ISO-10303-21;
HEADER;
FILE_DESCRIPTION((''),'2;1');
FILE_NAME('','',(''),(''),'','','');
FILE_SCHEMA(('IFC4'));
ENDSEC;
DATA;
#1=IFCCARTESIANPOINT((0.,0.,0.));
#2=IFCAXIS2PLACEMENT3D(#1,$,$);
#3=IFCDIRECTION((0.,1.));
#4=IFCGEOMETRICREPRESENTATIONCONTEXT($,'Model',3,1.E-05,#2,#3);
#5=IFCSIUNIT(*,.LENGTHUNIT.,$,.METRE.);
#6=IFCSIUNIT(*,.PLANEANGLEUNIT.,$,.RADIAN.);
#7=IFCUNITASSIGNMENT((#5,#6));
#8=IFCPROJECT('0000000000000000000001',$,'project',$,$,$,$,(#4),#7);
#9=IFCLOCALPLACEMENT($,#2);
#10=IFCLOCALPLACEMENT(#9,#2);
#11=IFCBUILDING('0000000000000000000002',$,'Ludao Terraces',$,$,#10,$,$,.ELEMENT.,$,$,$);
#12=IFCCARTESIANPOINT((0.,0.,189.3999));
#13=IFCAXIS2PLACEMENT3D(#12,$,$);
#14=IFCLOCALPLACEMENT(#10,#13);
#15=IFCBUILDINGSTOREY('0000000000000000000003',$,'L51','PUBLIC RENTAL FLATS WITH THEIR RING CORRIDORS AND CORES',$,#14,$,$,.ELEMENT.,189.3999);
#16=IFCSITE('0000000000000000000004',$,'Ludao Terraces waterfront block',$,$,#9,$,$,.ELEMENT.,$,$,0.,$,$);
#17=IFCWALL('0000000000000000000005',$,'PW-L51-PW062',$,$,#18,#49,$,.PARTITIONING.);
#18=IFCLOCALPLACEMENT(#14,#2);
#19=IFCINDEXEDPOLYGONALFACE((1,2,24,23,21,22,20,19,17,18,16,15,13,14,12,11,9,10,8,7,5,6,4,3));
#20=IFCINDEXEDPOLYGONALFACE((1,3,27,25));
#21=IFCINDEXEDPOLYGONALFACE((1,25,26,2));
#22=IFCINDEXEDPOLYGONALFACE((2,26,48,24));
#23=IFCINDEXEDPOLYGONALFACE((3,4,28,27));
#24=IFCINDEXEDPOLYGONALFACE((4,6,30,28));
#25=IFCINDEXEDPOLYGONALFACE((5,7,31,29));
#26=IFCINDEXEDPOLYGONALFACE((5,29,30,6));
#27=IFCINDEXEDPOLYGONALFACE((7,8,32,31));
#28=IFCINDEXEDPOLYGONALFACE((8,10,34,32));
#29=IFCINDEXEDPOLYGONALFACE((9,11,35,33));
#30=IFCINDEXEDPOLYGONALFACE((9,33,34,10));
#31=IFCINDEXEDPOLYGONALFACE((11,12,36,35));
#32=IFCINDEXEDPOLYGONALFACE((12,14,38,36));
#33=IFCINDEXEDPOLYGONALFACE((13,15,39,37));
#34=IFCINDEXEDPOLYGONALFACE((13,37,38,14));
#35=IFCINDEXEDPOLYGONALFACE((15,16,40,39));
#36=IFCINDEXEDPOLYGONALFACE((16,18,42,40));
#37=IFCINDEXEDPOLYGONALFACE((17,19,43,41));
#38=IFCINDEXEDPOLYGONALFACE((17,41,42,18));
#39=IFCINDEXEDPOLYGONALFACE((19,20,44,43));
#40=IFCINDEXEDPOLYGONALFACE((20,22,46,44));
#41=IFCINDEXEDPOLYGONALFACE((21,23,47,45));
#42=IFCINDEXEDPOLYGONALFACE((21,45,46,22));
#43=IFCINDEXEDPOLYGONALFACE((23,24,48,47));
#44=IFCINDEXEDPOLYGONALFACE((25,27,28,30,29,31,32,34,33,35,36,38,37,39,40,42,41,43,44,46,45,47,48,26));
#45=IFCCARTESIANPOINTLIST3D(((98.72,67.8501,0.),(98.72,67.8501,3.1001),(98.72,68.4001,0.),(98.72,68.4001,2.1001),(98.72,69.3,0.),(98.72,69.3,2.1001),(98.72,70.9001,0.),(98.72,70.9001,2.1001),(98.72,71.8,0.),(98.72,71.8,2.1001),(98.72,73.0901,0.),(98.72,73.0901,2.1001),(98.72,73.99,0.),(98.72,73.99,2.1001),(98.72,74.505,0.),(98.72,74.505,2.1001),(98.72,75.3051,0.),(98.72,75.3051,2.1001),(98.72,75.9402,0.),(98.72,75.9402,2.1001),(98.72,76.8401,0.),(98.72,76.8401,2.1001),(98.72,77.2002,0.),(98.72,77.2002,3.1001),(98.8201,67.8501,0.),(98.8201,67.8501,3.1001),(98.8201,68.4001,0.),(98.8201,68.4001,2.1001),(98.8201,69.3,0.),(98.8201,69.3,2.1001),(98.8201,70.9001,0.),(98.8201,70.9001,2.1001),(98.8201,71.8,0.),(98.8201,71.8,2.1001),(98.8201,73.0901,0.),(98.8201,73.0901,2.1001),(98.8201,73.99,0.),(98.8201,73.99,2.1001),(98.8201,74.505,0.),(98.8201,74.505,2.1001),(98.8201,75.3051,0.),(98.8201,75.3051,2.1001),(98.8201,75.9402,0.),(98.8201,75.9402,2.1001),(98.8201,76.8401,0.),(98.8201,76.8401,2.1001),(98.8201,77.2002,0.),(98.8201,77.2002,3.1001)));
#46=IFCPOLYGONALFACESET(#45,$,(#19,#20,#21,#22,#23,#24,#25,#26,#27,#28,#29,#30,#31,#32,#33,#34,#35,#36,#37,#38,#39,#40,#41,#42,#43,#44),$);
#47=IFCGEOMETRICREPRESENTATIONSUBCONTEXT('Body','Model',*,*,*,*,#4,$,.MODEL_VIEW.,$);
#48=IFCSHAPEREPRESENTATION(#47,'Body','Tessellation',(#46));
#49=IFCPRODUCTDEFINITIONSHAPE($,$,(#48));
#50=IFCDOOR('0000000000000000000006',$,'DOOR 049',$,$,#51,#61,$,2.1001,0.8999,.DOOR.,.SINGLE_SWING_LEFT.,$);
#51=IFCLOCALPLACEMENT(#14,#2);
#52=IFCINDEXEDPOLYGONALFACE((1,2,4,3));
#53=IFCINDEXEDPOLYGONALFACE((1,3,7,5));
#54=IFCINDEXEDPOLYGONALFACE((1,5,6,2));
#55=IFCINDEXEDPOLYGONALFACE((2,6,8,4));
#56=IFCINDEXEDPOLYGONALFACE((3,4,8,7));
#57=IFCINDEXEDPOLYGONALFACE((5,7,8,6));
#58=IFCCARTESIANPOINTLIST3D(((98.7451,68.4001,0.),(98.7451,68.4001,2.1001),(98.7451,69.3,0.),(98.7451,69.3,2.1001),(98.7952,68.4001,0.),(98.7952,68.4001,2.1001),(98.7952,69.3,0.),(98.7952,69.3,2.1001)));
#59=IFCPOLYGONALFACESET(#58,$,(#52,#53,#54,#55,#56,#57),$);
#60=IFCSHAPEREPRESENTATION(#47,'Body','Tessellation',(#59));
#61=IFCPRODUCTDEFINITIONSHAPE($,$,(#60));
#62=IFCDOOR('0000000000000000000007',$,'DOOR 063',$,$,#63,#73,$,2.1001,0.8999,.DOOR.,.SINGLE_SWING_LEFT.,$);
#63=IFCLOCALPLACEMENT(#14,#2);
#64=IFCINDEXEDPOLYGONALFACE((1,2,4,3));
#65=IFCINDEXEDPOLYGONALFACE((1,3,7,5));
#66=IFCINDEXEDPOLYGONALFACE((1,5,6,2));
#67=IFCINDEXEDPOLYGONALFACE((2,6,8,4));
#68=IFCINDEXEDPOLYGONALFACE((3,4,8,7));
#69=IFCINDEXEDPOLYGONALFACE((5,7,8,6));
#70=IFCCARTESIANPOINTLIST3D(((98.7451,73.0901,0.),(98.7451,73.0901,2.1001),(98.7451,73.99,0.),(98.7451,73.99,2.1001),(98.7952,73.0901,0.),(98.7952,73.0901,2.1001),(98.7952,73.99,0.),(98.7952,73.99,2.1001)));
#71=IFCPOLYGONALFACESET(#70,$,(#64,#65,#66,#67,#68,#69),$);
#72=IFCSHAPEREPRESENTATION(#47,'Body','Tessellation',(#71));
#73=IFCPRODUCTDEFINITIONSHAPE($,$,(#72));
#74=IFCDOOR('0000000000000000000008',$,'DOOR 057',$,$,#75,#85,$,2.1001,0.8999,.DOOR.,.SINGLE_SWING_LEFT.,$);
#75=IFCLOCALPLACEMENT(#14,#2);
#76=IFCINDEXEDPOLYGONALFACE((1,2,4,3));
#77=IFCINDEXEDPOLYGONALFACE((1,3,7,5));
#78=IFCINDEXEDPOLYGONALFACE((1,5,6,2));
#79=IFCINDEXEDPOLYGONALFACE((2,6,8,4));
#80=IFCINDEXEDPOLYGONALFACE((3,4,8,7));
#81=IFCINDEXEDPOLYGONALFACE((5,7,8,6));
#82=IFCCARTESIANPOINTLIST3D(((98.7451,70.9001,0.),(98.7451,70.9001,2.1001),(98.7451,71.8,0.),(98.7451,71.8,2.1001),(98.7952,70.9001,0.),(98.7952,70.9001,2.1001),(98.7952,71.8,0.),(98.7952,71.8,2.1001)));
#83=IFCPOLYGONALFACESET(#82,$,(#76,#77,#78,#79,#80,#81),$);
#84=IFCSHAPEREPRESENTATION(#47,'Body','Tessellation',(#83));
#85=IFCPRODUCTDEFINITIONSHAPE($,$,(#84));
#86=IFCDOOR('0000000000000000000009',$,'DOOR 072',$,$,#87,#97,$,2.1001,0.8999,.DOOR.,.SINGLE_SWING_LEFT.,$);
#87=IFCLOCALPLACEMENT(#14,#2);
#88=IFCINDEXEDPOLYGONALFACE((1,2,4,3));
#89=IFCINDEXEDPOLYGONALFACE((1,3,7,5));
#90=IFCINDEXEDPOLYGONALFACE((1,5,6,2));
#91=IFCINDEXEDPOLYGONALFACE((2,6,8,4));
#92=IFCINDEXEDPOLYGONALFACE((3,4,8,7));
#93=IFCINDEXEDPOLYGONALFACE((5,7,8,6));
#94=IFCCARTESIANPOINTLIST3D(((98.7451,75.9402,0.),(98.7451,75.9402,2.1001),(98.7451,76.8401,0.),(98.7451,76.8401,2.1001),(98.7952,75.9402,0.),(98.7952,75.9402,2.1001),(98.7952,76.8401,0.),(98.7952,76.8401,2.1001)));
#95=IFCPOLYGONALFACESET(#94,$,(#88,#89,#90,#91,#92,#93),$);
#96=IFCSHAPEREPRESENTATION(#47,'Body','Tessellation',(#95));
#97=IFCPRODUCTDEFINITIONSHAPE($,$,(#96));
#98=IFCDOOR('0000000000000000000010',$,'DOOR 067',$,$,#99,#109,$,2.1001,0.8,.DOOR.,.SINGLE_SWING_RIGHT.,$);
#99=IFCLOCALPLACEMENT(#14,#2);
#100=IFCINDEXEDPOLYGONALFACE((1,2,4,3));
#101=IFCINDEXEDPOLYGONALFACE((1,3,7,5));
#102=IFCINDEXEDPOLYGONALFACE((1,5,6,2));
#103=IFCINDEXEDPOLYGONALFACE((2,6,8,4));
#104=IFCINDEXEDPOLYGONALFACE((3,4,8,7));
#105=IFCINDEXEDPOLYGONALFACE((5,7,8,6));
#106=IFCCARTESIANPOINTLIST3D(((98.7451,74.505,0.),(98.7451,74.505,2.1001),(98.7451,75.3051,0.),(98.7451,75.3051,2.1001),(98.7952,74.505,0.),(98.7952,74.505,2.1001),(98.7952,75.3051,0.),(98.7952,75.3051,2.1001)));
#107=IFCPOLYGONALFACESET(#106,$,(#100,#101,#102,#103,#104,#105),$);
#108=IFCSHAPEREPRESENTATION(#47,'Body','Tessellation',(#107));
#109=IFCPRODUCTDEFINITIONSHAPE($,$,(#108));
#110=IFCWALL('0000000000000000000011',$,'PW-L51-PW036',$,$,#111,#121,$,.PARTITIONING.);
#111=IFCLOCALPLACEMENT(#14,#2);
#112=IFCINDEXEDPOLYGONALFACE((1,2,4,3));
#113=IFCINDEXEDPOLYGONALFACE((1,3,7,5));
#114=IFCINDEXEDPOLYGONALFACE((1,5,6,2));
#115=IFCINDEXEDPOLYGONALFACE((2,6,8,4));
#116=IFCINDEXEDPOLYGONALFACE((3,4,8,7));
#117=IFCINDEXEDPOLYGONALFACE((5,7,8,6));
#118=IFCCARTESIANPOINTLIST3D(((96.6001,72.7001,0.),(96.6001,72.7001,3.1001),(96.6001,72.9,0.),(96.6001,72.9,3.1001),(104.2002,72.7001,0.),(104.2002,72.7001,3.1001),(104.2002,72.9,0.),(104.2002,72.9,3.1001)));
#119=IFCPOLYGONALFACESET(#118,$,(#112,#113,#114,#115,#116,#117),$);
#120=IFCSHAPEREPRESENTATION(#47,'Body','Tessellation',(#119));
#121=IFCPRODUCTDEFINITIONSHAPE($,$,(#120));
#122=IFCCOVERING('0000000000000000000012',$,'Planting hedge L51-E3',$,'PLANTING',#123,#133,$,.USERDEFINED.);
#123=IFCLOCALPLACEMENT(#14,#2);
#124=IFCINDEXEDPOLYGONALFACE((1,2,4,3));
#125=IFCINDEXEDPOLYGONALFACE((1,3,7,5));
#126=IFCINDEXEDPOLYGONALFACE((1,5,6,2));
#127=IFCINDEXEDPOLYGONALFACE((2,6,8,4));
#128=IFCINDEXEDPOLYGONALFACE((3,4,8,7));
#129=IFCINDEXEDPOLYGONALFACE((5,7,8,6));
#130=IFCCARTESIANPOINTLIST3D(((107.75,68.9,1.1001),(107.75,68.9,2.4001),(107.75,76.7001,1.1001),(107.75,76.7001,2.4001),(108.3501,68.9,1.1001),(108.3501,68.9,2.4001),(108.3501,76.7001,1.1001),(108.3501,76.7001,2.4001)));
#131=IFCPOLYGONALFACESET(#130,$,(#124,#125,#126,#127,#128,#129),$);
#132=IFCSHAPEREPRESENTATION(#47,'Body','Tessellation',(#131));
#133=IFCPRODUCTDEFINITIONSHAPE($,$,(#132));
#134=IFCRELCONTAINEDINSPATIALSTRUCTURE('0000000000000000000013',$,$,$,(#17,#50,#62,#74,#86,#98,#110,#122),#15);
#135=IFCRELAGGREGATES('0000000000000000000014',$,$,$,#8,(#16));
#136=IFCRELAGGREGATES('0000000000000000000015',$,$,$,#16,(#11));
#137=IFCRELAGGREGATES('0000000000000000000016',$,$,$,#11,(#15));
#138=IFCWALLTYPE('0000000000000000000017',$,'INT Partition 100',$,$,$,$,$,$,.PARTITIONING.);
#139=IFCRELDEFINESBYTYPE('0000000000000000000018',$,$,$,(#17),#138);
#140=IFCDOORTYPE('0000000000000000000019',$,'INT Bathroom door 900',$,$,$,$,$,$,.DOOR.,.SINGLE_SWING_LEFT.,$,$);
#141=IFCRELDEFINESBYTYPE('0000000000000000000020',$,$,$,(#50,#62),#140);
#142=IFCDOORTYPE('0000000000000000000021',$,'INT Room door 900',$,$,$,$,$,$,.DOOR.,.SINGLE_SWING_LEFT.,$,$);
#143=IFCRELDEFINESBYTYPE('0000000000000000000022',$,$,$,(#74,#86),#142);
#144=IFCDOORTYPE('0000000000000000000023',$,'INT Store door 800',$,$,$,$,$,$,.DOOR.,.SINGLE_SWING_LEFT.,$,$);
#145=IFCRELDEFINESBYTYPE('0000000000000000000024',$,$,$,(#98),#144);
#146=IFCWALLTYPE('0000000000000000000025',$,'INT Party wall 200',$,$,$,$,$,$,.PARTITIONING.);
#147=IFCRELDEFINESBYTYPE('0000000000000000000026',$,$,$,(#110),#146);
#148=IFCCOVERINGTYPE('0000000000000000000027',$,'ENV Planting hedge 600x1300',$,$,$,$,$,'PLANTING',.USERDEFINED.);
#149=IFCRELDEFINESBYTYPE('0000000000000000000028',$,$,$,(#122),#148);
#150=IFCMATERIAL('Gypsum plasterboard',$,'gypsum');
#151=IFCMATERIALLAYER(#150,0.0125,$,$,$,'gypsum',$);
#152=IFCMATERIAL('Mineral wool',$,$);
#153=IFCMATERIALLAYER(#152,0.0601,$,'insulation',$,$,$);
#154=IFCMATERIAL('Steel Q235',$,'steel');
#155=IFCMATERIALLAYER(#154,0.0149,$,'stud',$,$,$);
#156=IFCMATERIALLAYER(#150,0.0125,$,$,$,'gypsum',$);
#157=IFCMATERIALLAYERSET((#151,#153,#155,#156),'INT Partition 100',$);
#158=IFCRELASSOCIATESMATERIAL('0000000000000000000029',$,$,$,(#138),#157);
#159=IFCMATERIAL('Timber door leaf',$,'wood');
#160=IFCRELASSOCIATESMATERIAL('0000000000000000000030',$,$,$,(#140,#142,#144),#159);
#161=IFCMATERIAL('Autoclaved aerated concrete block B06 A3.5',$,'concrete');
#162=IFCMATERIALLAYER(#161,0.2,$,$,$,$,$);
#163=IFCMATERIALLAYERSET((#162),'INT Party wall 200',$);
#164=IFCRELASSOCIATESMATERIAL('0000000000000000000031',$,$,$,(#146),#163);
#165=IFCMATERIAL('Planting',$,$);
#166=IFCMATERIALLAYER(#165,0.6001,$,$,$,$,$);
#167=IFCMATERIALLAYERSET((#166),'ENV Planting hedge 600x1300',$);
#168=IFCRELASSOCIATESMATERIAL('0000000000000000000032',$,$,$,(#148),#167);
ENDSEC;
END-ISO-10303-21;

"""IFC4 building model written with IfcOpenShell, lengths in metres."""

from ifc_helpers import new_model, si_unit, direction, frame, frame_2d, origin, origin_2d, place, context, subcontext, project, spatial, rectangle, extrude, material, layer, layer_set, type_object, element, fill, save


model = new_model("IFC4")

# Units and contexts
model_context = context("Model", 3, precision=1e-05, world=origin(), true_north=direction((0.0, 1.0)))
body_context = subcontext(model_context, "Body", "Model", "MODEL_VIEW")
ifc_project = project(units=[si_unit("LENGTHUNIT", "METRE"), si_unit("PLANEANGLEUNIT", "RADIAN")], contexts=[model_context])

# Site, building, storey
site_placement = place(None, origin())
site = spatial("IfcSite", under=ifc_project, at=site_placement, Name="Ludao Terraces waterfront block", CompositionType="ELEMENT", RefElevation=0.0)
building_placement = place(site_placement, origin())
building = spatial("IfcBuilding", under=site, at=building_placement, Name="Ludao Terraces", CompositionType="ELEMENT")
storey_placement = place(building_placement, frame((0.0, 0.0, 189.3999)))
storey = spatial("IfcBuildingStorey", under=building, at=storey_placement, Name="L51", Description="PUBLIC RENTAL FLATS WITH THEIR RING CORRIDORS AND CORES", CompositionType="ELEMENT", Elevation=189.3999)

# Shared definitions
ifc_material_1 = material(Name="Mineral wool")

# Shared definitions
ifc_material_2 = material(Name="Gypsum plasterboard", Category="gypsum")
ifc_layer_1 = layer(ifc_material_2, 0.0125, Category="gypsum")
ifc_layer_2 = layer(ifc_material_1, 0.0601, Name="insulation")
ifc_material_3 = material(Name="Steel Q235", Category="steel")
ifc_layer_3 = layer(ifc_material_3, 0.0149, Name="stud")
ifc_layer_4 = layer(ifc_material_2, 0.0125, Category="gypsum")
ifc_layer_set_1 = layer_set([ifc_layer_1, ifc_layer_2, ifc_layer_3, ifc_layer_4], Name="INT Partition 100")
wall_type_1 = type_object("IfcWallType", Name="INT Partition 100", PredefinedType="PARTITIONING", material=ifc_layer_set_1)

# Wall, openings, doors
wall_1_placement = place(storey_placement, frame((98.77, 67.8501, 0.0), z_axis=(0.0, 0.0, 1.0), x_axis=(0.0, 1.0, 0.0)))
wall_1 = element("IfcWall", 1, at=wall_1_placement, inside=storey, type_object=wall_type_1, Name="PW-L51-PW062", PredefinedType="PARTITIONING", context=body_context, shape_type="SweptSolid", body=[
    extrude(rectangle(XDim=9.3501, YDim=0.1001, at=frame_2d((4.675, 0.0))), origin(), (0.0, 0.0, 1.0), 3.1001),
])
opening_1_placement = place(wall_1_placement, frame((0.55, 0.0, 0.0)))
opening_1 = element("IfcOpeningElement", 2, at=opening_1_placement, cuts=wall_1, PredefinedType="OPENING", context=body_context, shape_type="SweptSolid", body=[
    extrude(rectangle(XDim=0.8999, YDim=2.1001, at=frame_2d((0.45, 1.05))), frame((0.0, 0.0601, 0.0), z_axis=(0.0, -1.0, 0.0), x_axis=(1.0, 0.0, 0.0)), (0.0, 0.0, 1.0), 0.1201),
])
opening_2_placement = place(wall_1_placement, frame((3.05, 0.0, 0.0)))
opening_2 = element("IfcOpeningElement", 3, at=opening_2_placement, cuts=wall_1, PredefinedType="OPENING", context=body_context, shape_type="SweptSolid", body=[
    extrude(rectangle(XDim=0.8999, YDim=2.1001, at=frame_2d((0.45, 1.05))), frame((0.0, 0.0601, 0.0), z_axis=(0.0, -1.0, 0.0), x_axis=(1.0, 0.0, 0.0)), (0.0, 0.0, 1.0), 0.1201),
])
opening_3_placement = place(wall_1_placement, frame((5.24, 0.0, 0.0)))
opening_3 = element("IfcOpeningElement", 4, at=opening_3_placement, cuts=wall_1, PredefinedType="OPENING", context=body_context, shape_type="SweptSolid", body=[
    extrude(rectangle(XDim=0.8999, YDim=2.1001, at=frame_2d((0.45, 1.05))), frame((0.0, 0.0601, 0.0), z_axis=(0.0, -1.0, 0.0), x_axis=(1.0, 0.0, 0.0)), (0.0, 0.0, 1.0), 0.1201),
])
opening_4_placement = place(wall_1_placement, frame((6.655, 0.0, 0.0)))
opening_4 = element("IfcOpeningElement", 5, at=opening_4_placement, cuts=wall_1, PredefinedType="OPENING", context=body_context, shape_type="SweptSolid", body=[
    extrude(rectangle(XDim=0.8, YDim=2.1001, at=frame_2d((0.3999, 1.05))), frame((0.0, 0.0601, 0.0), z_axis=(0.0, -1.0, 0.0), x_axis=(1.0, 0.0, 0.0)), (0.0, 0.0, 1.0), 0.1201),
])
opening_5_placement = place(wall_1_placement, frame((8.0901, 0.0, 0.0)))
opening_5 = element("IfcOpeningElement", 6, at=opening_5_placement, cuts=wall_1, PredefinedType="OPENING", context=body_context, shape_type="SweptSolid", body=[
    extrude(rectangle(XDim=0.8999, YDim=2.1001, at=frame_2d((0.45, 1.05))), frame((0.0, 0.0601, 0.0), z_axis=(0.0, -1.0, 0.0), x_axis=(1.0, 0.0, 0.0)), (0.0, 0.0, 1.0), 0.1201),
])
ifc_material_4 = material(Name="Timber door leaf", Category="wood")
door_type_1 = type_object("IfcDoorType", Name="INT Bathroom door 900", OperationType="SINGLE_SWING_LEFT", PredefinedType="DOOR", material=ifc_material_4)
door_1_placement = place(opening_1_placement, origin())
door_1 = element("IfcDoor", 7, at=door_1_placement, inside=storey, type_object=door_type_1, Name="DOOR 049", OperationType="SINGLE_SWING_LEFT", OverallHeight=2.1001, OverallWidth=0.8999, PredefinedType="DOOR", context=body_context, shape_type="SweptSolid", body=[
    extrude(rectangle(XDim=0.8999, YDim=2.1001, at=frame_2d((0.45, 1.05))), frame((0.0, 0.0249, 0.0), z_axis=(0.0, -1.0, 0.0), x_axis=(1.0, 0.0, 0.0)), (0.0, 0.0, 1.0), 0.05),
])
fill(opening_1, door_1)
door_2_placement = place(opening_3_placement, origin())
door_2 = element("IfcDoor", 8, at=door_2_placement, inside=storey, type_object=door_type_1, Name="DOOR 063", OperationType="SINGLE_SWING_LEFT", OverallHeight=2.1001, OverallWidth=0.8999, PredefinedType="DOOR", context=body_context, shape_type="SweptSolid", body=[
    extrude(rectangle(XDim=0.8999, YDim=2.1001, at=frame_2d((0.45, 1.05))), frame((0.0, 0.0249, 0.0), z_axis=(0.0, -1.0, 0.0), x_axis=(1.0, 0.0, 0.0)), (0.0, 0.0, 1.0), 0.05),
])
fill(opening_3, door_2)
door_type_2 = type_object("IfcDoorType", Name="INT Room door 900", OperationType="SINGLE_SWING_LEFT", PredefinedType="DOOR", material=ifc_material_4)
door_3_placement = place(opening_2_placement, origin())
door_3 = element("IfcDoor", 9, at=door_3_placement, inside=storey, type_object=door_type_2, Name="DOOR 057", OperationType="SINGLE_SWING_LEFT", OverallHeight=2.1001, OverallWidth=0.8999, PredefinedType="DOOR", context=body_context, shape_type="SweptSolid", body=[
    extrude(rectangle(XDim=0.8999, YDim=2.1001, at=frame_2d((0.45, 1.05))), frame((0.0, 0.0249, 0.0), z_axis=(0.0, -1.0, 0.0), x_axis=(1.0, 0.0, 0.0)), (0.0, 0.0, 1.0), 0.05),
])
fill(opening_2, door_3)
door_4_placement = place(opening_5_placement, origin())
door_4 = element("IfcDoor", 10, at=door_4_placement, inside=storey, type_object=door_type_2, Name="DOOR 072", OperationType="SINGLE_SWING_LEFT", OverallHeight=2.1001, OverallWidth=0.8999, PredefinedType="DOOR", context=body_context, shape_type="SweptSolid", body=[
    extrude(rectangle(XDim=0.8999, YDim=2.1001, at=frame_2d((0.45, 1.05))), frame((0.0, 0.0249, 0.0), z_axis=(0.0, -1.0, 0.0), x_axis=(1.0, 0.0, 0.0)), (0.0, 0.0, 1.0), 0.05),
])
fill(opening_5, door_4)
door_type_3 = type_object("IfcDoorType", Name="INT Store door 800", OperationType="SINGLE_SWING_LEFT", PredefinedType="DOOR", material=ifc_material_4)
door_5_placement = place(opening_4_placement, origin())
door_5 = element("IfcDoor", 11, at=door_5_placement, inside=storey, type_object=door_type_3, Name="DOOR 067", OperationType="SINGLE_SWING_RIGHT", OverallHeight=2.1001, OverallWidth=0.8, PredefinedType="DOOR", context=body_context, shape_type="SweptSolid", body=[
    extrude(rectangle(XDim=0.8, YDim=2.1001, at=frame_2d((0.3999, 1.05))), frame((0.0, 0.0249, 0.0), z_axis=(0.0, -1.0, 0.0), x_axis=(1.0, 0.0, 0.0)), (0.0, 0.0, 1.0), 0.05),
])
fill(opening_4, door_5)

# Wall
ifc_material_5 = material(Name="Autoclaved aerated concrete block B06 A3.5", Category="concrete")
ifc_layer_5 = layer(ifc_material_5, 0.2)
ifc_layer_set_2 = layer_set([ifc_layer_5], Name="INT Party wall 200")
wall_type_2 = type_object("IfcWallType", Name="INT Party wall 200", PredefinedType="PARTITIONING", material=ifc_layer_set_2)
wall_2_placement = place(storey_placement, frame((96.6001, 72.8, 0.0), z_axis=(0.0, 0.0, 1.0), x_axis=(1.0, 0.0, 0.0)))
element("IfcWall", 12, at=wall_2_placement, inside=storey, type_object=wall_type_2, Name="PW-L51-PW036", PredefinedType="PARTITIONING", context=body_context, shape_type="SweptSolid", body=[
    extrude(rectangle(XDim=7.6001, YDim=0.2, at=frame_2d((3.8, 0.0))), origin(), (0.0, 0.0, 1.0), 3.1001),
])

# Covering
ifc_material_6 = material(Name="Planting")
ifc_layer_6 = layer(ifc_material_6, 0.6001)
ifc_layer_set_3 = layer_set([ifc_layer_6], Name="ENV Planting hedge 600x1300")
covering_type = type_object("IfcCoveringType", Name="ENV Planting hedge 600x1300", ElementType="PLANTING", PredefinedType="USERDEFINED", material=ifc_layer_set_3)
covering_placement = place(storey_placement, frame((108.05, 72.8, 1.1001), z_axis=(0.0, 0.0, 1.0), x_axis=(1.0, 0.0, 0.0)))
element("IfcCovering", 13, at=covering_placement, inside=storey, type_object=covering_type, Name="Planting hedge L51-E3", ObjectType="PLANTING", PredefinedType="USERDEFINED", context=body_context, shape_type="SweptSolid", body=[
    extrude(rectangle(XDim=0.6001, YDim=7.8, at=origin_2d()), origin(), (0.0, 0.0, 1.0), 1.3),
])

save(model, "model.ifc")
